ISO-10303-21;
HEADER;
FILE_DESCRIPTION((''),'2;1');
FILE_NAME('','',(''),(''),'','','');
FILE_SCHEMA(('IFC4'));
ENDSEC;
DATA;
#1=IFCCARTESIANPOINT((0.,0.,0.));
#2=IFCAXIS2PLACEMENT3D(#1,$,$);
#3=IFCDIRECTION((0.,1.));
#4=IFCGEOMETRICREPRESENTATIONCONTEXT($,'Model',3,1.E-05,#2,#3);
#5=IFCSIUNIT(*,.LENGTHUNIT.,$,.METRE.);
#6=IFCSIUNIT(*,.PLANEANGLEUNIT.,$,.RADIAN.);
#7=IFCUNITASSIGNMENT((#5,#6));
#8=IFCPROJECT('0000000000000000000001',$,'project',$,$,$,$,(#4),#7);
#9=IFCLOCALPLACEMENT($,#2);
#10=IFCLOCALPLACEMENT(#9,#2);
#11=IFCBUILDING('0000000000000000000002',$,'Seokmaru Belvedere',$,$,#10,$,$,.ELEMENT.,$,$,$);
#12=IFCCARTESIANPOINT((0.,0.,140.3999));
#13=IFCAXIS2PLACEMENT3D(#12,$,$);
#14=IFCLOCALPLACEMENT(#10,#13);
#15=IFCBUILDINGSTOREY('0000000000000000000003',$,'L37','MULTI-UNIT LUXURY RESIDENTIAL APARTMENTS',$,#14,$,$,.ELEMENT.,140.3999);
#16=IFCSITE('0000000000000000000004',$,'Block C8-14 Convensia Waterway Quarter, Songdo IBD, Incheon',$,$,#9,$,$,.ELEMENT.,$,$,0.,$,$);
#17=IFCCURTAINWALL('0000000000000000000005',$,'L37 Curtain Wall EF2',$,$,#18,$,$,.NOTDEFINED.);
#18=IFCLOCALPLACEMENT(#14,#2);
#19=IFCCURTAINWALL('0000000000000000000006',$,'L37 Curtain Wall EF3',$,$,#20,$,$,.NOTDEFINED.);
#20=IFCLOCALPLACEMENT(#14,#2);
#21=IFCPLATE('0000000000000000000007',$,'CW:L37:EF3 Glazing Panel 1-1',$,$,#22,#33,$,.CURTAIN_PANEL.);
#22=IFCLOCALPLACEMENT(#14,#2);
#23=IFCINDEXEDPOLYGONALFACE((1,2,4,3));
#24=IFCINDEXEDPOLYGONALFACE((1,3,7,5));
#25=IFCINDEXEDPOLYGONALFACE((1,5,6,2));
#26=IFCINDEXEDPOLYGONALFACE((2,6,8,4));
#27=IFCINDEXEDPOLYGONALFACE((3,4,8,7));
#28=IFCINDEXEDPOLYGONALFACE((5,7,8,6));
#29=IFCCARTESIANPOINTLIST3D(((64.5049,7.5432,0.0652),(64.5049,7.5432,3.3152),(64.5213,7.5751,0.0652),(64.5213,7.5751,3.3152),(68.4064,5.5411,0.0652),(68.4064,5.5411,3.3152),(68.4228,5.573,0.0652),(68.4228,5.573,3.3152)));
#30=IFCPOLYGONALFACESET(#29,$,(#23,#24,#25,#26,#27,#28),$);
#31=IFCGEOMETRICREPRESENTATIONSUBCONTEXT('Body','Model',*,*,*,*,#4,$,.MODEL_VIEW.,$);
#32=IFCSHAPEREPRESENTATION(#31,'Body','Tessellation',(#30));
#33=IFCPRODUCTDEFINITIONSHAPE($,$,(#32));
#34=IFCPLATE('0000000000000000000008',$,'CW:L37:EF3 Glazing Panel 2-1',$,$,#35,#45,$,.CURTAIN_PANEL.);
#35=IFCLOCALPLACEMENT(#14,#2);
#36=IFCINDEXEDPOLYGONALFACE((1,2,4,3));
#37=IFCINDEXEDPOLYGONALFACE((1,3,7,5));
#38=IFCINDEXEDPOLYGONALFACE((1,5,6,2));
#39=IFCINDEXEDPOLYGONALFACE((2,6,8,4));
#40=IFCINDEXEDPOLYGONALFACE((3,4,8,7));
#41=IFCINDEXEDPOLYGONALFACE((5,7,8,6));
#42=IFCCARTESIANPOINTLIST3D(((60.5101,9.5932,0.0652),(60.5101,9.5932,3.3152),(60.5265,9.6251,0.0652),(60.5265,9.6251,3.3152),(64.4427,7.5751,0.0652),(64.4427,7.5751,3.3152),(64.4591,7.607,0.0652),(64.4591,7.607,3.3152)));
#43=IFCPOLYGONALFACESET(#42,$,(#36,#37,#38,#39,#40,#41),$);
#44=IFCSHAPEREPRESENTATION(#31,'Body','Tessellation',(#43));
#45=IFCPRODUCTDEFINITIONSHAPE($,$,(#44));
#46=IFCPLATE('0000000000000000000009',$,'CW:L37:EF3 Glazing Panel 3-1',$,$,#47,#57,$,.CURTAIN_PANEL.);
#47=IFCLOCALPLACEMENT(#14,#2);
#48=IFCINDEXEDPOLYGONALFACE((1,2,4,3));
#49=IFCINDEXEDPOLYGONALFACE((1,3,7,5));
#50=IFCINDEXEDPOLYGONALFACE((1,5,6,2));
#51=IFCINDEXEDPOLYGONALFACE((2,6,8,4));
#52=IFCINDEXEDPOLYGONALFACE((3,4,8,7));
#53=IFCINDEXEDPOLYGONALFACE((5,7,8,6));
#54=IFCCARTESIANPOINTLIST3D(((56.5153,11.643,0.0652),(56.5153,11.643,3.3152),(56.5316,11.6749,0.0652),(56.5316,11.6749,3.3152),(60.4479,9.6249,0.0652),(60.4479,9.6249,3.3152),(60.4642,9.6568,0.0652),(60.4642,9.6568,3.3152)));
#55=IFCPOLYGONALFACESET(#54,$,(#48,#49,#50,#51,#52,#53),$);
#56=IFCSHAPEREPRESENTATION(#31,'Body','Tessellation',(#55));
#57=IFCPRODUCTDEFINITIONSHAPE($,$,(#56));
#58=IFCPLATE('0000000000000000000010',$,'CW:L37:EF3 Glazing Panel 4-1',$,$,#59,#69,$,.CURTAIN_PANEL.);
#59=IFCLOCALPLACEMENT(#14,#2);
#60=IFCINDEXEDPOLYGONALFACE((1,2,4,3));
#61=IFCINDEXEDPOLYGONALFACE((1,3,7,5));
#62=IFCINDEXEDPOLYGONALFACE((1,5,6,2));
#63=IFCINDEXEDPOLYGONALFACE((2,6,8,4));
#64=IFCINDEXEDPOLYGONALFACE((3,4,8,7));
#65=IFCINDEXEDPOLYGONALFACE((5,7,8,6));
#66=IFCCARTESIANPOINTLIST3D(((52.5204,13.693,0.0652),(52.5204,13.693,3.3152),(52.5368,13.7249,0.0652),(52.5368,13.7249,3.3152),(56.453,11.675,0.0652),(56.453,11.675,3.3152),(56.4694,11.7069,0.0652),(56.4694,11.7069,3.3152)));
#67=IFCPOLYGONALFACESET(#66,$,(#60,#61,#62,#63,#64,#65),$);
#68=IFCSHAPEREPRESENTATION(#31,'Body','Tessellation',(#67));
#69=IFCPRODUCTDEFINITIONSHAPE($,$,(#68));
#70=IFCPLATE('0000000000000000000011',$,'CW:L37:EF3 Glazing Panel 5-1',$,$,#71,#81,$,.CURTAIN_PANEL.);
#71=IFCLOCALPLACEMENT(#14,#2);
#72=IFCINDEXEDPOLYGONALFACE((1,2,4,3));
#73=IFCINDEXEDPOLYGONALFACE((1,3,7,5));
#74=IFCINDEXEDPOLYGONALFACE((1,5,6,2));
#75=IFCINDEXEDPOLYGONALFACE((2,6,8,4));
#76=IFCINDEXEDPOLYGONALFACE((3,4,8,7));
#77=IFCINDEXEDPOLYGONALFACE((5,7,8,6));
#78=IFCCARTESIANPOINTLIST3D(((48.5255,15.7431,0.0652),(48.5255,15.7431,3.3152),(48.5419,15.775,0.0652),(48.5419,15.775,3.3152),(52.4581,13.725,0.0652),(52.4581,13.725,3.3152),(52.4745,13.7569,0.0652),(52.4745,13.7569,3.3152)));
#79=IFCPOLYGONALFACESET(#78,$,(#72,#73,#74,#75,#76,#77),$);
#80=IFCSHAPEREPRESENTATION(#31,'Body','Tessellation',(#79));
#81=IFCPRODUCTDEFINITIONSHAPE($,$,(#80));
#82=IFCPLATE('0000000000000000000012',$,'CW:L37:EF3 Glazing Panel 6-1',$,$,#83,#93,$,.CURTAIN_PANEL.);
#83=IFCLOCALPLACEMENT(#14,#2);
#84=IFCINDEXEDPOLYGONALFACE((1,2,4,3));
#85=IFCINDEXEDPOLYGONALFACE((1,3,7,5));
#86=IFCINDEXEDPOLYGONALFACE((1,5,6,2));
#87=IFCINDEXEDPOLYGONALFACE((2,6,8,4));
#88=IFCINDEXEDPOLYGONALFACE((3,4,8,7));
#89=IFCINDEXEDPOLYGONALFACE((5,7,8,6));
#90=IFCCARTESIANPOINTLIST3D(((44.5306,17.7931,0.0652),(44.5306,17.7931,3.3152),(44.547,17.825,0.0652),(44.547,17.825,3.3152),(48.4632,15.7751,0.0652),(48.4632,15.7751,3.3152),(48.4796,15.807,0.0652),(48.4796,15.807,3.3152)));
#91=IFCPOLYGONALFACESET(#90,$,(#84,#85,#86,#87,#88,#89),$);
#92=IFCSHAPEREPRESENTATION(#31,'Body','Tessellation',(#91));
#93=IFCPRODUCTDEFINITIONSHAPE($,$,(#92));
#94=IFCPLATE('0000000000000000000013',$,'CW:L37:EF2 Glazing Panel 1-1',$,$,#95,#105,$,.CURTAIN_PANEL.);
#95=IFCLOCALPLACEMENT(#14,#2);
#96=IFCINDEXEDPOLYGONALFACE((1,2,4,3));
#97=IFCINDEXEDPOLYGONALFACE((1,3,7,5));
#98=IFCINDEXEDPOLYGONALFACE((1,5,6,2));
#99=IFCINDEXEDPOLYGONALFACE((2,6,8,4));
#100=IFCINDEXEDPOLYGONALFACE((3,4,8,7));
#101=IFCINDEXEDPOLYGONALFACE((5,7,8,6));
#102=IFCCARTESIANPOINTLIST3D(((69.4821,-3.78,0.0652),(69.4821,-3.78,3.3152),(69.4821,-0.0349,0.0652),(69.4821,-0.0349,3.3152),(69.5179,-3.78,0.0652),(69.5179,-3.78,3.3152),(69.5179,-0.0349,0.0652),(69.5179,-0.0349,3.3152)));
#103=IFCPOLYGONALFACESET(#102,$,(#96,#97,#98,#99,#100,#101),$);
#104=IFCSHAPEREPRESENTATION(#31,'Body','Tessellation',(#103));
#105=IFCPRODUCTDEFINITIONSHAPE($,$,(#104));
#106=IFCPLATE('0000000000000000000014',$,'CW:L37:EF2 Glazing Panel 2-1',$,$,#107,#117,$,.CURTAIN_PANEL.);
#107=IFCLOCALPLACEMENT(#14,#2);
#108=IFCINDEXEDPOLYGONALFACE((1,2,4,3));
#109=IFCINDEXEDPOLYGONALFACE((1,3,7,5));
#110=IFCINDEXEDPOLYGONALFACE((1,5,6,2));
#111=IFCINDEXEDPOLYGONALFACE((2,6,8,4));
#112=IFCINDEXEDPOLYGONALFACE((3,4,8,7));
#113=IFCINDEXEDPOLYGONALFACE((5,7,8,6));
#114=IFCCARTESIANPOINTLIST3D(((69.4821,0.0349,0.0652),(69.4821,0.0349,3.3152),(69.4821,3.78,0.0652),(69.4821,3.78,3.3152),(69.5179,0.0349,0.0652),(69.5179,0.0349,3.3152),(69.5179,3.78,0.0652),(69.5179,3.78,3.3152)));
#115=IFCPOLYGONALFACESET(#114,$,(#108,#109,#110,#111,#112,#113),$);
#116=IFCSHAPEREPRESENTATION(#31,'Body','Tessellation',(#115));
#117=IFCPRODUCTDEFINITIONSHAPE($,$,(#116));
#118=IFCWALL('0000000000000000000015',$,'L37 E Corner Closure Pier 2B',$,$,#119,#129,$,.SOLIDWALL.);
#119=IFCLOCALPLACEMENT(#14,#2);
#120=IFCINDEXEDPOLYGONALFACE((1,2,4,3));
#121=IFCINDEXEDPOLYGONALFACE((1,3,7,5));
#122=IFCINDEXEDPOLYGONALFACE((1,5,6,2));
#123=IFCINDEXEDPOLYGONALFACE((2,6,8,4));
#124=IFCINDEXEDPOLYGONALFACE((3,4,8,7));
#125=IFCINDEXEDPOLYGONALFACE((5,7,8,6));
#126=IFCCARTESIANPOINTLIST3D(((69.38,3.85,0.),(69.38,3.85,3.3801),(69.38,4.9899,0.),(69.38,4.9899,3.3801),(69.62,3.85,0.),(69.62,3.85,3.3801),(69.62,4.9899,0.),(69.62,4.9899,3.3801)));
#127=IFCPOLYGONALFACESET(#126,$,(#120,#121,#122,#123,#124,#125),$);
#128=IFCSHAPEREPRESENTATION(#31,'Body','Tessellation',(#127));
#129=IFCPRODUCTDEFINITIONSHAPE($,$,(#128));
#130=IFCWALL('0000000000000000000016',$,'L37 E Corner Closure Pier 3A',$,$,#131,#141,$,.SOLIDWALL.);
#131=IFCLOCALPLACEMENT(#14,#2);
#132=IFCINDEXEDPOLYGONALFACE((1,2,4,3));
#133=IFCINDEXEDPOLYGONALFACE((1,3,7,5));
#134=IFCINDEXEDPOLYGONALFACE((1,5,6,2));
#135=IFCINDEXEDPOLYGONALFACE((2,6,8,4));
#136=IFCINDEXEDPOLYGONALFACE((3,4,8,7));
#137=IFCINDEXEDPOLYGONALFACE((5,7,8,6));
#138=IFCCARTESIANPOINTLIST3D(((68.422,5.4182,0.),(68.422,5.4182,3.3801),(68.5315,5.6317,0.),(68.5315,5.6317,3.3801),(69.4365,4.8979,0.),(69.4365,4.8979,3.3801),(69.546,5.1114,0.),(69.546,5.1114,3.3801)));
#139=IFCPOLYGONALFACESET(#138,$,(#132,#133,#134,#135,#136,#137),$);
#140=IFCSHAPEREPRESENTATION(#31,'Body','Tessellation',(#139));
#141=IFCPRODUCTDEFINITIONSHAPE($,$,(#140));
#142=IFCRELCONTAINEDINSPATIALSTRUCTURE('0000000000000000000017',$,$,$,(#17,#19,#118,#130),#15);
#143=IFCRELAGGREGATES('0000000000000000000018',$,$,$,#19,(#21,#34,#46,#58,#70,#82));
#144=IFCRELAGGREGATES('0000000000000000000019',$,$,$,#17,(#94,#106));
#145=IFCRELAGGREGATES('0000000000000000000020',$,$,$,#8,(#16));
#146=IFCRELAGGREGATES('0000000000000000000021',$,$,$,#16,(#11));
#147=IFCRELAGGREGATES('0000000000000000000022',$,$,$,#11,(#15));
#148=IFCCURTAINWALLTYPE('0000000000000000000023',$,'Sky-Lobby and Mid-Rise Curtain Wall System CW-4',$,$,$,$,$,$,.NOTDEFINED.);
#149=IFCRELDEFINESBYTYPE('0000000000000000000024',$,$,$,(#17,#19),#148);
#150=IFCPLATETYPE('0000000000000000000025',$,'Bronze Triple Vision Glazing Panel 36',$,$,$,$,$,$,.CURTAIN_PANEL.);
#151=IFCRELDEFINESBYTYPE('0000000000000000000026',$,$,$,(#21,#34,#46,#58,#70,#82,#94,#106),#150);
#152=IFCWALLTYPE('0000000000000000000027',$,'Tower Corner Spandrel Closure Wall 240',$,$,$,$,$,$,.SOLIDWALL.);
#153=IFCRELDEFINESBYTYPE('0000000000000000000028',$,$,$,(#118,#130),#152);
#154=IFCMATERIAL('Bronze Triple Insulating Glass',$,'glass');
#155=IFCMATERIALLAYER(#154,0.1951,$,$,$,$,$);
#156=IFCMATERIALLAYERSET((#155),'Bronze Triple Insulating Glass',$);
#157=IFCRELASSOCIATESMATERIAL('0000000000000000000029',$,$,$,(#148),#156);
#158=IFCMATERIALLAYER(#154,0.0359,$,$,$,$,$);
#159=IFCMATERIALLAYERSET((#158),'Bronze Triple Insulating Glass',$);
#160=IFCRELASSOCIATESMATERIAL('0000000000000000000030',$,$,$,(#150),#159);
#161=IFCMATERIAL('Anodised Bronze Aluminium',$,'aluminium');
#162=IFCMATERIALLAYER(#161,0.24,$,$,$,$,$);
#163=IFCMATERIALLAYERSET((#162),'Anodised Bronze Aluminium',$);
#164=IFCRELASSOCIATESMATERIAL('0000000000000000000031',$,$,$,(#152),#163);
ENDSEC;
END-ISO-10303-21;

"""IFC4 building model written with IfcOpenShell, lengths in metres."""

from ifc_helpers import new_model, si_unit, direction, frame, frame_2d, origin, origin_2d, place, context, subcontext, project, spatial, rectangle, extrude, source, transform, mapped, material, layer, layer_set, type_object, type_shapes, element, aggregate, save


model = new_model("IFC4")

# Units and contexts
model_context = context("Model", 3, precision=1e-05, world=origin(), true_north=direction((0.0, 1.0)))
body_context = subcontext(model_context, "Body", "Model", "MODEL_VIEW")
ifc_project = project(units=[si_unit("LENGTHUNIT", "METRE"), si_unit("PLANEANGLEUNIT", "RADIAN")], contexts=[model_context])

# Site, building, storey
site_placement = place(None, origin())
site = spatial("IfcSite", under=ifc_project, at=site_placement, Name="Block C8-14 Convensia Waterway Quarter, Songdo IBD, Incheon", CompositionType="ELEMENT", RefElevation=0.0)
building_placement = place(site_placement, origin())
building = spatial("IfcBuilding", under=site, at=building_placement, Name="Seokmaru Belvedere", CompositionType="ELEMENT")
storey_placement = place(building_placement, frame((0.0, 0.0, 140.3999)))
storey = spatial("IfcBuildingStorey", under=building, at=storey_placement, Name="L37", Description="MULTI-UNIT LUXURY RESIDENTIAL APARTMENTS", CompositionType="ELEMENT", Elevation=140.3999)

# Curtain walls
ifc_material_1 = material(Name="Bronze Triple Insulating Glass", Category="glass")
ifc_layer_1 = layer(ifc_material_1, 0.1951)
ifc_layer_set_1 = layer_set([ifc_layer_1], Name="Bronze Triple Insulating Glass")
curtain_wall_type = type_object("IfcCurtainWallType", Name="Sky-Lobby and Mid-Rise Curtain Wall System CW-4", PredefinedType="NOTDEFINED", material=ifc_layer_set_1)
curtain_wall_1_placement = place(storey_placement, origin())
curtain_wall_1 = element("IfcCurtainWall", 1, at=curtain_wall_1_placement, inside=storey, type_object=curtain_wall_type, Name="L37 Curtain Wall EF2", PredefinedType="NOTDEFINED")
ifc_material_2 = material(Name="Anodised Bronze Aluminium", Category="aluminium")
curtain_wall_2_placement = place(storey_placement, origin())
curtain_wall_2 = element("IfcCurtainWall", 2, at=curtain_wall_2_placement, inside=storey, type_object=curtain_wall_type, Name="L37 Curtain Wall EF3", PredefinedType="NOTDEFINED")

# Plates
ifc_layer_2 = layer(ifc_material_1, 0.0359)
ifc_layer_set_2 = layer_set([ifc_layer_2], Name="Bronze Triple Insulating Glass")
plate_type = type_object("IfcPlateType", Name="Bronze Triple Vision Glazing Panel 36", PredefinedType="CURTAIN_PANEL", material=ifc_layer_set_2)
shared_shape_1 = source(origin(), body_context, "Body", "SweptSolid", [
    extrude(rectangle(XDim=4.3853, YDim=0.0359, at=origin_2d()), origin(), (0.0, 0.0, 1.0), 3.25),
])
plate_1_placement = place(storey_placement, frame((66.4639, 6.5581, 0.0652), z_axis=(0.0, 0.0, 1.0), x_axis=(-0.889695, 0.456555, 0.0)))
plate_1 = element("IfcPlate", 3, at=plate_1_placement, type_object=plate_type, Name="CW:L37:EF3 Glazing Panel 1-1", PredefinedType="CURTAIN_PANEL", context=body_context, shape_type="MappedRepresentation", body=[
    mapped(shared_shape_1, transform((0.0, 0.0, 0.0), scale=1.0)),
])
shared_shape_2 = source(origin(), body_context, "Body", "SweptSolid", [
    extrude(rectangle(XDim=4.4202, YDim=0.0359, at=origin_2d()), origin(), (0.0, 0.0, 1.0), 3.25),
])
plate_2_placement = place(storey_placement, frame((62.4846, 8.6001, 0.0652), z_axis=(0.0, 0.0, 1.0), x_axis=(-0.889695, 0.456555, 0.0)))
plate_2 = element("IfcPlate", 4, at=plate_2_placement, type_object=plate_type, Name="CW:L37:EF3 Glazing Panel 2-1", PredefinedType="CURTAIN_PANEL", context=body_context, shape_type="MappedRepresentation", body=[
    mapped(shared_shape_2, transform((0.0, 0.0, 0.0), scale=1.0)),
])
plate_3_placement = place(storey_placement, frame((58.4897, 10.6499, 0.0652), z_axis=(0.0, 0.0, 1.0), x_axis=(-0.889695, 0.456555, 0.0)))
plate_3 = element("IfcPlate", 5, at=plate_3_placement, type_object=plate_type, Name="CW:L37:EF3 Glazing Panel 3-1", PredefinedType="CURTAIN_PANEL", context=body_context, shape_type="MappedRepresentation", body=[
    mapped(shared_shape_2, transform((0.0, 0.0, 0.0), scale=1.0)),
])
plate_4_placement = place(storey_placement, frame((54.4949, 12.7, 0.0652), z_axis=(0.0, 0.0, 1.0), x_axis=(-0.889695, 0.456555, 0.0)))
plate_4 = element("IfcPlate", 6, at=plate_4_placement, type_object=plate_type, Name="CW:L37:EF3 Glazing Panel 4-1", PredefinedType="CURTAIN_PANEL", context=body_context, shape_type="MappedRepresentation", body=[
    mapped(shared_shape_2, transform((0.0, 0.0, 0.0), scale=1.0)),
])
plate_5_placement = place(storey_placement, frame((50.5, 14.75, 0.0652), z_axis=(0.0, 0.0, 1.0), x_axis=(-0.889695, 0.456555, 0.0)))
plate_5 = element("IfcPlate", 7, at=plate_5_placement, type_object=plate_type, Name="CW:L37:EF3 Glazing Panel 5-1", PredefinedType="CURTAIN_PANEL", context=body_context, shape_type="MappedRepresentation", body=[
    mapped(shared_shape_2, transform((0.0, 0.0, 0.0), scale=1.0)),
])
plate_6_placement = place(storey_placement, frame((46.5051, 16.8, 0.0652), z_axis=(0.0, 0.0, 1.0), x_axis=(-0.889695, 0.456555, 0.0)))
plate_6 = element("IfcPlate", 8, at=plate_6_placement, type_object=plate_type, Name="CW:L37:EF3 Glazing Panel 6-1", PredefinedType="CURTAIN_PANEL", context=body_context, shape_type="MappedRepresentation", body=[
    mapped(shared_shape_2, transform((0.0, 0.0, 0.0), scale=1.0)),
])
aggregate(curtain_wall_2, [plate_1, plate_2, plate_3, plate_4, plate_5, plate_6])
shared_shape_3 = source(origin(), body_context, "Body", "SweptSolid", [
    extrude(rectangle(XDim=3.7451, YDim=0.0359, at=origin_2d()), origin(), (0.0, 0.0, 1.0), 3.25),
])
type_shapes(plate_type, [shared_shape_1, shared_shape_2, shared_shape_3])
plate_7_placement = place(storey_placement, frame((69.5, -1.9075, 0.0652), z_axis=(0.0, 0.0, 1.0), x_axis=(0.0, 1.0, 0.0)))
plate_7 = element("IfcPlate", 9, at=plate_7_placement, type_object=plate_type, Name="CW:L37:EF2 Glazing Panel 1-1", PredefinedType="CURTAIN_PANEL", context=body_context, shape_type="MappedRepresentation", body=[
    mapped(shared_shape_3, transform((0.0, 0.0, 0.0), scale=1.0)),
])
plate_8_placement = place(storey_placement, frame((69.5, 1.9075, 0.0652), z_axis=(0.0, 0.0, 1.0), x_axis=(0.0, 1.0, 0.0)))
plate_8 = element("IfcPlate", 10, at=plate_8_placement, type_object=plate_type, Name="CW:L37:EF2 Glazing Panel 2-1", PredefinedType="CURTAIN_PANEL", context=body_context, shape_type="MappedRepresentation", body=[
    mapped(shared_shape_3, transform((0.0, 0.0, 0.0), scale=1.0)),
])
aggregate(curtain_wall_1, [plate_7, plate_8])

# Walls
ifc_layer_3 = layer(ifc_material_2, 0.24)
ifc_layer_set_3 = layer_set([ifc_layer_3], Name="Anodised Bronze Aluminium")
wall_type = type_object("IfcWallType", Name="Tower Corner Spandrel Closure Wall 240", PredefinedType="SOLIDWALL", material=ifc_layer_set_3)
wall_1_placement = place(storey_placement, frame((69.5, 3.8501, 0.0), z_axis=(0.0, 0.0, 1.0), x_axis=(0.0, 1.0, 0.0)))
element("IfcWall", 11, at=wall_1_placement, inside=storey, type_object=wall_type, Name="L37 E Corner Closure Pier 2B", PredefinedType="SOLIDWALL", context=body_context, shape_type="SweptSolid", body=[
    extrude(rectangle(XDim=1.1399, YDim=0.24, at=frame_2d((0.5698, 0.0))), origin(), (0.0, 0.0, 1.0), 3.3801),
])
wall_2_placement = place(storey_placement, frame((69.4912, 5.0046, 0.0), z_axis=(0.0, 0.0, 1.0), x_axis=(-0.889797, 0.456356, 0.0)))
element("IfcWall", 12, at=wall_2_placement, inside=storey, type_object=wall_type, Name="L37 E Corner Closure Pier 3A", PredefinedType="SOLIDWALL", context=body_context, shape_type="SweptSolid", body=[
    extrude(rectangle(XDim=1.1401, YDim=0.24, at=frame_2d((0.5701, 0.0))), origin(), (0.0, 0.0, 1.0), 3.3801),
])

save(model, "model.ifc")
